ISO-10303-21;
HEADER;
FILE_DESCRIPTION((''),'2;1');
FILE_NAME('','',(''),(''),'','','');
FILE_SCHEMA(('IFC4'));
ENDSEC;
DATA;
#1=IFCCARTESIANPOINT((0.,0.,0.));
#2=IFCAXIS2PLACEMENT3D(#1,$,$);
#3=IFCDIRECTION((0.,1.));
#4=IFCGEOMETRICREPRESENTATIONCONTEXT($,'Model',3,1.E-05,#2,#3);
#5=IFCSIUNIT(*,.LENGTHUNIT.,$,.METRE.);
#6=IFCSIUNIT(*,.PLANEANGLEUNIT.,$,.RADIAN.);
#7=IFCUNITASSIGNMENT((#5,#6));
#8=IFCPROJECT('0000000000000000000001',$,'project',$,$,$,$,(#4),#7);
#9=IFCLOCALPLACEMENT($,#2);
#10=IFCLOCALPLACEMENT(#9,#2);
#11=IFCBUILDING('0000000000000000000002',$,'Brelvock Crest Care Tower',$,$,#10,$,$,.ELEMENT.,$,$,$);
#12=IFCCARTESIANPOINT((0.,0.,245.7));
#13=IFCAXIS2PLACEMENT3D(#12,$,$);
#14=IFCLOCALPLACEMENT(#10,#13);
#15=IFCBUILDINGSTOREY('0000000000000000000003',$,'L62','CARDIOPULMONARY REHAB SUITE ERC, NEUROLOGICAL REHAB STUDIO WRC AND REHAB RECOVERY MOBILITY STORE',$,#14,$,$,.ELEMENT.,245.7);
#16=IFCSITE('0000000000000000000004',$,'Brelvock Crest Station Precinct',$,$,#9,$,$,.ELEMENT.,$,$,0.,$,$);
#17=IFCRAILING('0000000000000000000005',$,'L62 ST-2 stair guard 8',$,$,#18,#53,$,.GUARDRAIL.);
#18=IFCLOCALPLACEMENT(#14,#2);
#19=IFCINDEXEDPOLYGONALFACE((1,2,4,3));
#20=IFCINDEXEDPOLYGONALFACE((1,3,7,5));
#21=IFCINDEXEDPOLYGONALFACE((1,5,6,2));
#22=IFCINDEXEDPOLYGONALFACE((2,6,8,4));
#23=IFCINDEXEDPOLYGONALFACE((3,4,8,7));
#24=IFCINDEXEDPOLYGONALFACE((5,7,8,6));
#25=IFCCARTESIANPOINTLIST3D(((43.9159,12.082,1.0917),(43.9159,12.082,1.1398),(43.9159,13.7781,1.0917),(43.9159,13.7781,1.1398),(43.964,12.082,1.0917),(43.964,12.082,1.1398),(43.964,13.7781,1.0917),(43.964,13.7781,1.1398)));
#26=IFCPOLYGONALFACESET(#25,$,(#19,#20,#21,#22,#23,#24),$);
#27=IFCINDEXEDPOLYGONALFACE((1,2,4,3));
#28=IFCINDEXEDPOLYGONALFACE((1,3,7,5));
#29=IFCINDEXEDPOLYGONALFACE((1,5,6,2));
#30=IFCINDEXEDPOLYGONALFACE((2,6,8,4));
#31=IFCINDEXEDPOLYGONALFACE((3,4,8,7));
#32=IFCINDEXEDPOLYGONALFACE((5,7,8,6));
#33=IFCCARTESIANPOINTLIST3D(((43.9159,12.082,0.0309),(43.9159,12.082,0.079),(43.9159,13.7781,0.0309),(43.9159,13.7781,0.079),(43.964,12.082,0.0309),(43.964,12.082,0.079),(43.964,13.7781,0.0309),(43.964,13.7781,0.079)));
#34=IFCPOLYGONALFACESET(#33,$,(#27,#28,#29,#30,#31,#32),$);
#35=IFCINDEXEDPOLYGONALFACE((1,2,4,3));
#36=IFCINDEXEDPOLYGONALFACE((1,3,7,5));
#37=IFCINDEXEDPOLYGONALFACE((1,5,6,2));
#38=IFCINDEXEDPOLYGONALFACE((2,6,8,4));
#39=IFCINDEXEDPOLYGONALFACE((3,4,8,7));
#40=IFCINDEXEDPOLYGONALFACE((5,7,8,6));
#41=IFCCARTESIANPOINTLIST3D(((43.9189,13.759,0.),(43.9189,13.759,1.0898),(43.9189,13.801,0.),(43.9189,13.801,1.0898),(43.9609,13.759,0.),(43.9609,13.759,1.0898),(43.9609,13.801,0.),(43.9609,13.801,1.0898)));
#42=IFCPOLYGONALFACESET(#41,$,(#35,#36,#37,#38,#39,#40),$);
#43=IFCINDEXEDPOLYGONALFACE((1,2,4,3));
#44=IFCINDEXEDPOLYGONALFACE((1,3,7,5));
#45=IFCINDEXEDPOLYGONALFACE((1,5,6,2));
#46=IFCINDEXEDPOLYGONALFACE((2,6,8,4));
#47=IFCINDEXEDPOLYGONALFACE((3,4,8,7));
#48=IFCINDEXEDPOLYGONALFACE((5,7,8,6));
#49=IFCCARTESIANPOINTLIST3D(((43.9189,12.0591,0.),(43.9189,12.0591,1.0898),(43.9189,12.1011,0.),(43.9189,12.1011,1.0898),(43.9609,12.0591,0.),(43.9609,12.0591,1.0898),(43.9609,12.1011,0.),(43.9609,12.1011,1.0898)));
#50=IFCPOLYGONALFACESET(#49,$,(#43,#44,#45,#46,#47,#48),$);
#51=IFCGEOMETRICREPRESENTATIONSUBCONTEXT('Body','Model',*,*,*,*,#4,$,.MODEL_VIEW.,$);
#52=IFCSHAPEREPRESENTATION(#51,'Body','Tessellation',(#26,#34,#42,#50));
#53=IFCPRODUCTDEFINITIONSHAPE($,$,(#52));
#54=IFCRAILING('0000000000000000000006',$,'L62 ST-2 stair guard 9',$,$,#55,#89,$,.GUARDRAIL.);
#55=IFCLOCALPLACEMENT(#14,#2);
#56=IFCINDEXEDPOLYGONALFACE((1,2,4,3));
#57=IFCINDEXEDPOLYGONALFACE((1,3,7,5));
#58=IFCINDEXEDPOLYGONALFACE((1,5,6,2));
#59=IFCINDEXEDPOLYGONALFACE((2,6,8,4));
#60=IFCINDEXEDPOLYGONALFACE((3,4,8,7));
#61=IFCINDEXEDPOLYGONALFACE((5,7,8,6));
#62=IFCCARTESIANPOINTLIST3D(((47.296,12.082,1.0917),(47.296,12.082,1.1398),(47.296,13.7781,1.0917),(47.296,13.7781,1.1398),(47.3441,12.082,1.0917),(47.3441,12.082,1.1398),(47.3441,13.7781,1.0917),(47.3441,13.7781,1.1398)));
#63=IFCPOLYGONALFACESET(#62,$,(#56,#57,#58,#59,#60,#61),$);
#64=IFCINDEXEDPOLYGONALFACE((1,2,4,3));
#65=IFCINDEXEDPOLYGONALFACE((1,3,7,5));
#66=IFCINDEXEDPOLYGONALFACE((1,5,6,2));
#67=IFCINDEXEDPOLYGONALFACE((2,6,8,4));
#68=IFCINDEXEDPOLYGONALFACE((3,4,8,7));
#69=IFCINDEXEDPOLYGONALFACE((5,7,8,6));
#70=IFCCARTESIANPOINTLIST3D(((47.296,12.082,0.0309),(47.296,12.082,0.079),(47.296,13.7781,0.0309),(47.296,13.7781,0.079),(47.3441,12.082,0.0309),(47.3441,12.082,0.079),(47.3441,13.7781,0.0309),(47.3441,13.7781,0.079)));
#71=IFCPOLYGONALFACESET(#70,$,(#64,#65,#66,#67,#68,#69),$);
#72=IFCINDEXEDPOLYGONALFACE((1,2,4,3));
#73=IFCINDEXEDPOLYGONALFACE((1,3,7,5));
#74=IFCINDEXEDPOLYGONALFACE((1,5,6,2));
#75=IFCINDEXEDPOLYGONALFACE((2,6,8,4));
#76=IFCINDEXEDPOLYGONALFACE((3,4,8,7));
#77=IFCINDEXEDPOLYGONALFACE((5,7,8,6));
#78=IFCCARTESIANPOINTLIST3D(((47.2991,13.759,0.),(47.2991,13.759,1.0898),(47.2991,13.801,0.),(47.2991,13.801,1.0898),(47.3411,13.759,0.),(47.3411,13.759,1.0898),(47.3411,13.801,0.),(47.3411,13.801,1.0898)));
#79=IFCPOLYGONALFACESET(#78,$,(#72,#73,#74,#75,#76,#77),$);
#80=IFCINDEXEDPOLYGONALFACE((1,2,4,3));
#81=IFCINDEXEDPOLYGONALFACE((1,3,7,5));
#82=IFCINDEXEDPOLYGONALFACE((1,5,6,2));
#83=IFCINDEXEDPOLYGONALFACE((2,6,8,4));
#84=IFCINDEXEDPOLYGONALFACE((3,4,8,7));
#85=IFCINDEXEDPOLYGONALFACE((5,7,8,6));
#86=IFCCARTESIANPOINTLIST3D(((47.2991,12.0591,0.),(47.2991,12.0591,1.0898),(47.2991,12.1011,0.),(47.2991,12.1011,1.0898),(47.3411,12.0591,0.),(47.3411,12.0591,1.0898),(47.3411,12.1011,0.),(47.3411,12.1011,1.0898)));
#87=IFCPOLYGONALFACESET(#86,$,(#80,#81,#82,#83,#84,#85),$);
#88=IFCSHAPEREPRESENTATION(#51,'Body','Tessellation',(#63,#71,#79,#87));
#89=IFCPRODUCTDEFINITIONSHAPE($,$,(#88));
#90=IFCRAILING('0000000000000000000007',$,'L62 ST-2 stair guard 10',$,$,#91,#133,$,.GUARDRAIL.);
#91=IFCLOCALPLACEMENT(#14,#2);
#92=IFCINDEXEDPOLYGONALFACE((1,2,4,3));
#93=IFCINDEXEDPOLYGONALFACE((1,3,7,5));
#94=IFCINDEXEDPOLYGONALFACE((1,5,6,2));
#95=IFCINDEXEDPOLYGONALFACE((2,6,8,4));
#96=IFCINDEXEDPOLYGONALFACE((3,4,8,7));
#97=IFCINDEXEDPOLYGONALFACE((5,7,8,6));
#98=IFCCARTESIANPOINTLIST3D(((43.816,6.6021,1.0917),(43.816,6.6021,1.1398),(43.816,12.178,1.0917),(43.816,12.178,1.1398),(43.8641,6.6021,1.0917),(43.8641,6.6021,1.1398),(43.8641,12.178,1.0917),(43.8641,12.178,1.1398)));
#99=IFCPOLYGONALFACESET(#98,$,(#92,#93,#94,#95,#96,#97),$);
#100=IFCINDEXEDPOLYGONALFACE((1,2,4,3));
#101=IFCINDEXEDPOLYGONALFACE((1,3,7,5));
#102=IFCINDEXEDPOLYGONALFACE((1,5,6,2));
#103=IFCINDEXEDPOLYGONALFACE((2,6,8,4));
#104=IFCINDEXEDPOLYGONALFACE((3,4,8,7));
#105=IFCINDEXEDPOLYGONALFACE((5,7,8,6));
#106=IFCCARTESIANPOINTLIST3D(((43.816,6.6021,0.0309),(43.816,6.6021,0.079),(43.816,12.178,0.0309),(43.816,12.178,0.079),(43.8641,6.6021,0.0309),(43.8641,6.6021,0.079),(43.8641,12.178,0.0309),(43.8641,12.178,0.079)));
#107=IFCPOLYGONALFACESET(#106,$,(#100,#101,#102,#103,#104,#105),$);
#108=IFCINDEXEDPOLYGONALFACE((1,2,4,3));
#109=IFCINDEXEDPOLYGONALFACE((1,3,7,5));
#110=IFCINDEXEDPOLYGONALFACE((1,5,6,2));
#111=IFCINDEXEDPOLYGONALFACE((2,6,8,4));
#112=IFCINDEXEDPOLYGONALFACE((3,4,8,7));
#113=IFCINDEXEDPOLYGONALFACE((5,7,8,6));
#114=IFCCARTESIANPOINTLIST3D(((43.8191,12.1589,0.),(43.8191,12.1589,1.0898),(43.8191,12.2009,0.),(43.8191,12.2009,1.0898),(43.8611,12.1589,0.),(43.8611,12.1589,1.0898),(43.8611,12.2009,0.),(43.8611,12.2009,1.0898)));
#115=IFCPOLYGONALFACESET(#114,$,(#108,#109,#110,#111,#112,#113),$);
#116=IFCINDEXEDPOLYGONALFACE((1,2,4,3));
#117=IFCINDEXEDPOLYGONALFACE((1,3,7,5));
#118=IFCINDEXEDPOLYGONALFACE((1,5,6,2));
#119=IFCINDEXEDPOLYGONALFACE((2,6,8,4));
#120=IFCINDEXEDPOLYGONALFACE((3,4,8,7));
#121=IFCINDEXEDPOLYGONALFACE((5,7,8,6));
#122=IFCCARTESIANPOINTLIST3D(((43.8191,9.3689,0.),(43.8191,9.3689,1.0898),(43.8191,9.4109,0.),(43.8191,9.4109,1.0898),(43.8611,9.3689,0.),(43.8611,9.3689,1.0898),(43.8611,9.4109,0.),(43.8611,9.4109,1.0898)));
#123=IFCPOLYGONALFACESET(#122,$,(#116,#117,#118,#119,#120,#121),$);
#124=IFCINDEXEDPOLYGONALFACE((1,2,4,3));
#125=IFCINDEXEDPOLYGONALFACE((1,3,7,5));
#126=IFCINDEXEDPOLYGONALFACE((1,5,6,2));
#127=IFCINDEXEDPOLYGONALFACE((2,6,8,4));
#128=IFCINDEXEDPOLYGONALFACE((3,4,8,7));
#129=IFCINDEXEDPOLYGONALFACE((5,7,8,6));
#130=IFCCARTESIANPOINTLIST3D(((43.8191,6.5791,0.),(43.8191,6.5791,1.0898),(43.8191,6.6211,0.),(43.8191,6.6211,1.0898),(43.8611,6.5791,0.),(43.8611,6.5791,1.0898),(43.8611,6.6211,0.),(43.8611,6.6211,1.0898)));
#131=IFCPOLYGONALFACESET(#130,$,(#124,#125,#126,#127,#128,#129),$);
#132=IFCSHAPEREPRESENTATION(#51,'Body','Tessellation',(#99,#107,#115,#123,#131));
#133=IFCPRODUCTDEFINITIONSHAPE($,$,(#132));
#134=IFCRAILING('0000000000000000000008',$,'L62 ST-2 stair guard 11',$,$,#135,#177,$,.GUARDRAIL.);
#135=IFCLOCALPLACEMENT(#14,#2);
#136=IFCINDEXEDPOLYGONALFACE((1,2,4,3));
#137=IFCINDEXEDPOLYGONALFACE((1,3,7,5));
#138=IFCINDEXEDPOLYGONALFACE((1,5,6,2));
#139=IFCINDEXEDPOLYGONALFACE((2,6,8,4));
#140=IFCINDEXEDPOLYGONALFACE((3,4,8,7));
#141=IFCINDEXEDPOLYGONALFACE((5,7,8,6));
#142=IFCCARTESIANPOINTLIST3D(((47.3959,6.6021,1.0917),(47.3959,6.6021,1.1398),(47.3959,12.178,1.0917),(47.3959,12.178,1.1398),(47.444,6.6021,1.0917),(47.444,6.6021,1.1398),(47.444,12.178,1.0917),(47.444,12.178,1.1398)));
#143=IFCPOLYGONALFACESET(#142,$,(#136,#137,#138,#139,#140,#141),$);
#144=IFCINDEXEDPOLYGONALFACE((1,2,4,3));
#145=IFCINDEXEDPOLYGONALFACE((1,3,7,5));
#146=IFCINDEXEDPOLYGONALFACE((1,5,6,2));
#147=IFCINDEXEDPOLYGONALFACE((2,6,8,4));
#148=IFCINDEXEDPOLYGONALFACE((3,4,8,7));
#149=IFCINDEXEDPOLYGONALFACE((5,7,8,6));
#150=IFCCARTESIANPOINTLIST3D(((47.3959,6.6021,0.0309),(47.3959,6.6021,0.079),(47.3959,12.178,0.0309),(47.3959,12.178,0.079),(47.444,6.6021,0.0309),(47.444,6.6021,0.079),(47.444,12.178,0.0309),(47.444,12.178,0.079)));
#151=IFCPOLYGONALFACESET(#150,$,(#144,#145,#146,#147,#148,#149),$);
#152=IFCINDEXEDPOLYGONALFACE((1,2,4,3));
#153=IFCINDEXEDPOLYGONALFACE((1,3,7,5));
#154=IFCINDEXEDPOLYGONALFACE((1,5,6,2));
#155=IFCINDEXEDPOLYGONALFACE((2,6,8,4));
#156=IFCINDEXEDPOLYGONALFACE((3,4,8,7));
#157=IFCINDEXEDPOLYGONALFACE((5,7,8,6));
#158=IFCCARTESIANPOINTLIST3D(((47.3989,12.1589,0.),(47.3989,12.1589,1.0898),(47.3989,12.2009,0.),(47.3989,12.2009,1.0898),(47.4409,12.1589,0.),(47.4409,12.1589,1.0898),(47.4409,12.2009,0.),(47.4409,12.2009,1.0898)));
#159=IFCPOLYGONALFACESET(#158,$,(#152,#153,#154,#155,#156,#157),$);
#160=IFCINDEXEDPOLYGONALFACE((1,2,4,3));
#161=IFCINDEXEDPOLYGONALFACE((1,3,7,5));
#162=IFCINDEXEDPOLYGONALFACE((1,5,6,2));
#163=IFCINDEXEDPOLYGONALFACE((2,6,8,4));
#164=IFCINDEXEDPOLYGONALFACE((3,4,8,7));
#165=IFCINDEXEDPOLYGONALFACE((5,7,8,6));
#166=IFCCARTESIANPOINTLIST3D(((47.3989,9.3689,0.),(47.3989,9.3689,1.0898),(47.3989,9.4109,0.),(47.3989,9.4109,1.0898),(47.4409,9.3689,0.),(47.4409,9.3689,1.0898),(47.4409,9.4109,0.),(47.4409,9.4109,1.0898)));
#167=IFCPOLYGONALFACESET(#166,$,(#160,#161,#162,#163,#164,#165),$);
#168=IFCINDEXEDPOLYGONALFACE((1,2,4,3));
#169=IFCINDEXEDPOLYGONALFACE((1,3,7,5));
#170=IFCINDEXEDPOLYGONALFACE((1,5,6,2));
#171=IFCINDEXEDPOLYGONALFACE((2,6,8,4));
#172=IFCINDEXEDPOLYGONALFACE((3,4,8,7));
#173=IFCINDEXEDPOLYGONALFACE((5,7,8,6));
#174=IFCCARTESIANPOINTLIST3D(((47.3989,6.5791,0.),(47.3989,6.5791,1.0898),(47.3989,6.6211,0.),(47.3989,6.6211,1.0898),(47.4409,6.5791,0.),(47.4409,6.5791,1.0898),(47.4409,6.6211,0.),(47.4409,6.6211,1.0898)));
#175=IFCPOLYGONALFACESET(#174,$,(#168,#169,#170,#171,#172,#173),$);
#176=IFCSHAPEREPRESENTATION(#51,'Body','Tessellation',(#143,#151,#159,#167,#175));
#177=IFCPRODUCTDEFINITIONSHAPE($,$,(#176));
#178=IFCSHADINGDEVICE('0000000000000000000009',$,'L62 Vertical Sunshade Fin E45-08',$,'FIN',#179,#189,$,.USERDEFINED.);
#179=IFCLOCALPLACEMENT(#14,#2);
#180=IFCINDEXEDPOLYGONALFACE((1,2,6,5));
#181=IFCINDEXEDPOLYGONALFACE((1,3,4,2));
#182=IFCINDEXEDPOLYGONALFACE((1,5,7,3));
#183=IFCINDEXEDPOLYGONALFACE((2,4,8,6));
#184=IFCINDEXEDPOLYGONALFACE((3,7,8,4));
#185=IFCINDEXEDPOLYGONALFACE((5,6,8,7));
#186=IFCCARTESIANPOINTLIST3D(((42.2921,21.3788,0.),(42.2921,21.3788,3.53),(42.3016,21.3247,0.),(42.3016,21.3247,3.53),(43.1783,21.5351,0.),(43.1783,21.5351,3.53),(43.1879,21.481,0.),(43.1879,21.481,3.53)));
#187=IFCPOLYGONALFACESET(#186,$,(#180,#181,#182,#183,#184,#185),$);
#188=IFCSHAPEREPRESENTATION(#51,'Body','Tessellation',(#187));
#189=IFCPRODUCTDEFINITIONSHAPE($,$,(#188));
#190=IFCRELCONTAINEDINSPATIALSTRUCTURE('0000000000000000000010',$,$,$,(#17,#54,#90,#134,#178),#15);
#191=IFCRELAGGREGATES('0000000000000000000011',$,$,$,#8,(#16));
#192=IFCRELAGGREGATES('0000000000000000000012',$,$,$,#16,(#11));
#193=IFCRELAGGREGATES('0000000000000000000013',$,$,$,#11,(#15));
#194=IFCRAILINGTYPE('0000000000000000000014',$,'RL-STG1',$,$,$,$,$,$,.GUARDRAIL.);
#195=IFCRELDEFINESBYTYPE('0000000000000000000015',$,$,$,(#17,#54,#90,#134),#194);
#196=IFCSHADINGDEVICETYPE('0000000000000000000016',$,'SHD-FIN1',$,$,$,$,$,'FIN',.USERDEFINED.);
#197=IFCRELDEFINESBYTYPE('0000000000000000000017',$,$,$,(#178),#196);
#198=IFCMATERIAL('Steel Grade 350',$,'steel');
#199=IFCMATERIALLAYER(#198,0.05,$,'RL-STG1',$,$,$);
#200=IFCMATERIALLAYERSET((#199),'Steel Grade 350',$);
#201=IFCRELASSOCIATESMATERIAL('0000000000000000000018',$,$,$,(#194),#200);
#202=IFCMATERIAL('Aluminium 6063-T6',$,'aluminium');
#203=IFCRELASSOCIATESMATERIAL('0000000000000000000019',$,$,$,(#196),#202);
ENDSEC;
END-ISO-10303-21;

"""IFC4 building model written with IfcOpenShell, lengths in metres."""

from ifc_helpers import new_model, si_unit, direction, frame, origin, origin_2d, place, context, subcontext, project, spatial, rectangle, extrude, source, transform, mapped, material, layer, layer_set, material_profile, profile_set, type_object, element, save


model = new_model("IFC4")

# Units and contexts
model_context = context("Model", 3, precision=1e-05, world=origin(), true_north=direction((0.0, 1.0)))
body_context = subcontext(model_context, "Body", "Model", "MODEL_VIEW")
ifc_project = project(units=[si_unit("LENGTHUNIT", "METRE"), si_unit("PLANEANGLEUNIT", "RADIAN")], contexts=[model_context])

# Site, building, storey
site_placement = place(None, origin())
site = spatial("IfcSite", under=ifc_project, at=site_placement, Name="Brelvock Crest Station Precinct", CompositionType="ELEMENT", RefElevation=0.0)
building_placement = place(site_placement, origin())
building = spatial("IfcBuilding", under=site, at=building_placement, Name="Brelvock Crest Care Tower", CompositionType="ELEMENT")
storey_placement = place(building_placement, frame((0.0, 0.0, 245.7)))
storey = spatial("IfcBuildingStorey", under=building, at=storey_placement, Name="L62", Description="CARDIOPULMONARY REHAB SUITE ERC, NEUROLOGICAL REHAB STUDIO WRC AND REHAB RECOVERY MOBILITY STORE", CompositionType="ELEMENT", Elevation=245.7)

# Shared definitions
ifc_material_1 = material(Name="Steel Grade 350", Category="steel")

# Shared definitions
ifc_material_2 = material(Name="Aluminium 6063-T6", Category="aluminium")

# Railings
ifc_layer_1 = layer(ifc_material_1, 0.05, Name="RL-STG1")
ifc_layer_set_1 = layer_set([ifc_layer_1], Name="Steel Grade 350")
railing_type = type_object("IfcRailingType", Name="RL-STG1", PredefinedType="GUARDRAIL", material=ifc_layer_set_1)
for number, where, name in (
    (1, (43.9399, 13.78, 0.0), "L62 ST-2 stair guard 8"),
    (2, (47.3201, 13.78, 0.0), "L62 ST-2 stair guard 9"),
):
    element("IfcRailing", number, at=place(storey_placement, frame(where)), inside=storey, type_object=railing_type, Name=name, PredefinedType="GUARDRAIL", context=body_context, shape_type="SweptSolid", body=[
        extrude(rectangle(XDim=0.0481, YDim=0.0481, at=origin_2d()), frame((0.0, -0.002, 1.1157), z_axis=(0.0, -1.0, 0.0), x_axis=(1.0, 0.0, 0.0)), (0.0, 0.0, 1.0), 1.696),
        extrude(rectangle(XDim=0.0481, YDim=0.0481, at=origin_2d()), frame((0.0, -0.002, 0.0549), z_axis=(0.0, -1.0, 0.0), x_axis=(1.0, 0.0, 0.0)), (0.0, 0.0, 1.0), 1.696),
        extrude(rectangle(XDim=0.042, YDim=0.042, at=origin_2d()), origin(), (0.0, 0.0, 1.0), 1.0898),
        extrude(rectangle(XDim=0.042, YDim=0.042, at=origin_2d()), frame((0.0, -1.7, 0.0)), (0.0, 0.0, 1.0), 1.0898),
    ])
for number, where, name in (
    (3, (43.8401, 12.1799, 0.0), "L62 ST-2 stair guard 10"),
    (4, (47.4199, 12.1799, 0.0), "L62 ST-2 stair guard 11"),
):
    element("IfcRailing", number, at=place(storey_placement, frame(where)), inside=storey, type_object=railing_type, Name=name, PredefinedType="GUARDRAIL", context=body_context, shape_type="SweptSolid", body=[
        extrude(rectangle(XDim=0.0481, YDim=0.0481, at=origin_2d()), frame((0.0, -0.002, 1.1157), z_axis=(0.0, -1.0, 0.0), x_axis=(1.0, 0.0, 0.0)), (0.0, 0.0, 1.0), 5.5759),
        extrude(rectangle(XDim=0.0481, YDim=0.0481, at=origin_2d()), frame((0.0, -0.002, 0.0549), z_axis=(0.0, -1.0, 0.0), x_axis=(1.0, 0.0, 0.0)), (0.0, 0.0, 1.0), 5.5759),
        extrude(rectangle(XDim=0.042, YDim=0.042, at=origin_2d()), origin(), (0.0, 0.0, 1.0), 1.0898),
        extrude(rectangle(XDim=0.042, YDim=0.042, at=origin_2d()), frame((0.0, -2.79, 0.0)), (0.0, 0.0, 1.0), 1.0898),
        extrude(rectangle(XDim=0.042, YDim=0.042, at=origin_2d()), frame((0.0, -5.5798, 0.0)), (0.0, 0.0, 1.0), 1.0898),
    ])

# Shading device
ifc_material_profile_1 = material_profile(ifc_material_2, rectangle(XDim=0.0549, YDim=0.8999, at=origin_2d()), Name="FIN55x900")
ifc_profile_set_1 = profile_set([ifc_material_profile_1], Name="Aluminium 6063-T6")
shading_device_type = type_object("IfcShadingDeviceType", Name="SHD-FIN1", ElementType="FIN", PredefinedType="USERDEFINED", material=ifc_profile_set_1)
shared_shape_1 = source(origin(), body_context, "Body", "SweptSolid", [
    extrude(rectangle(XDim=0.0549, YDim=0.8999, at=origin_2d()), origin(), (0.0, 0.0, 1.0), 3.53),
])
shading_device_placement = place(storey_placement, frame((42.74, 21.4299, 0.0), z_axis=(0.0, 0.0, 1.0), x_axis=(0.173648, -0.984808, 0.0)))
element("IfcShadingDevice", 5, at=shading_device_placement, inside=storey, type_object=shading_device_type, Name="L62 Vertical Sunshade Fin E45-08", ObjectType="FIN", PredefinedType="USERDEFINED", context=body_context, shape_type="MappedRepresentation", body=[
    mapped(shared_shape_1, transform((0.0, 0.0, 0.0), x_axis=(1.0, 0.0, 0.0), y_axis=(0.0, 1.0, 0.0), z_axis=(0.0, 0.0, 1.0), scale=1.0)),
])

save(model, "model.ifc")
